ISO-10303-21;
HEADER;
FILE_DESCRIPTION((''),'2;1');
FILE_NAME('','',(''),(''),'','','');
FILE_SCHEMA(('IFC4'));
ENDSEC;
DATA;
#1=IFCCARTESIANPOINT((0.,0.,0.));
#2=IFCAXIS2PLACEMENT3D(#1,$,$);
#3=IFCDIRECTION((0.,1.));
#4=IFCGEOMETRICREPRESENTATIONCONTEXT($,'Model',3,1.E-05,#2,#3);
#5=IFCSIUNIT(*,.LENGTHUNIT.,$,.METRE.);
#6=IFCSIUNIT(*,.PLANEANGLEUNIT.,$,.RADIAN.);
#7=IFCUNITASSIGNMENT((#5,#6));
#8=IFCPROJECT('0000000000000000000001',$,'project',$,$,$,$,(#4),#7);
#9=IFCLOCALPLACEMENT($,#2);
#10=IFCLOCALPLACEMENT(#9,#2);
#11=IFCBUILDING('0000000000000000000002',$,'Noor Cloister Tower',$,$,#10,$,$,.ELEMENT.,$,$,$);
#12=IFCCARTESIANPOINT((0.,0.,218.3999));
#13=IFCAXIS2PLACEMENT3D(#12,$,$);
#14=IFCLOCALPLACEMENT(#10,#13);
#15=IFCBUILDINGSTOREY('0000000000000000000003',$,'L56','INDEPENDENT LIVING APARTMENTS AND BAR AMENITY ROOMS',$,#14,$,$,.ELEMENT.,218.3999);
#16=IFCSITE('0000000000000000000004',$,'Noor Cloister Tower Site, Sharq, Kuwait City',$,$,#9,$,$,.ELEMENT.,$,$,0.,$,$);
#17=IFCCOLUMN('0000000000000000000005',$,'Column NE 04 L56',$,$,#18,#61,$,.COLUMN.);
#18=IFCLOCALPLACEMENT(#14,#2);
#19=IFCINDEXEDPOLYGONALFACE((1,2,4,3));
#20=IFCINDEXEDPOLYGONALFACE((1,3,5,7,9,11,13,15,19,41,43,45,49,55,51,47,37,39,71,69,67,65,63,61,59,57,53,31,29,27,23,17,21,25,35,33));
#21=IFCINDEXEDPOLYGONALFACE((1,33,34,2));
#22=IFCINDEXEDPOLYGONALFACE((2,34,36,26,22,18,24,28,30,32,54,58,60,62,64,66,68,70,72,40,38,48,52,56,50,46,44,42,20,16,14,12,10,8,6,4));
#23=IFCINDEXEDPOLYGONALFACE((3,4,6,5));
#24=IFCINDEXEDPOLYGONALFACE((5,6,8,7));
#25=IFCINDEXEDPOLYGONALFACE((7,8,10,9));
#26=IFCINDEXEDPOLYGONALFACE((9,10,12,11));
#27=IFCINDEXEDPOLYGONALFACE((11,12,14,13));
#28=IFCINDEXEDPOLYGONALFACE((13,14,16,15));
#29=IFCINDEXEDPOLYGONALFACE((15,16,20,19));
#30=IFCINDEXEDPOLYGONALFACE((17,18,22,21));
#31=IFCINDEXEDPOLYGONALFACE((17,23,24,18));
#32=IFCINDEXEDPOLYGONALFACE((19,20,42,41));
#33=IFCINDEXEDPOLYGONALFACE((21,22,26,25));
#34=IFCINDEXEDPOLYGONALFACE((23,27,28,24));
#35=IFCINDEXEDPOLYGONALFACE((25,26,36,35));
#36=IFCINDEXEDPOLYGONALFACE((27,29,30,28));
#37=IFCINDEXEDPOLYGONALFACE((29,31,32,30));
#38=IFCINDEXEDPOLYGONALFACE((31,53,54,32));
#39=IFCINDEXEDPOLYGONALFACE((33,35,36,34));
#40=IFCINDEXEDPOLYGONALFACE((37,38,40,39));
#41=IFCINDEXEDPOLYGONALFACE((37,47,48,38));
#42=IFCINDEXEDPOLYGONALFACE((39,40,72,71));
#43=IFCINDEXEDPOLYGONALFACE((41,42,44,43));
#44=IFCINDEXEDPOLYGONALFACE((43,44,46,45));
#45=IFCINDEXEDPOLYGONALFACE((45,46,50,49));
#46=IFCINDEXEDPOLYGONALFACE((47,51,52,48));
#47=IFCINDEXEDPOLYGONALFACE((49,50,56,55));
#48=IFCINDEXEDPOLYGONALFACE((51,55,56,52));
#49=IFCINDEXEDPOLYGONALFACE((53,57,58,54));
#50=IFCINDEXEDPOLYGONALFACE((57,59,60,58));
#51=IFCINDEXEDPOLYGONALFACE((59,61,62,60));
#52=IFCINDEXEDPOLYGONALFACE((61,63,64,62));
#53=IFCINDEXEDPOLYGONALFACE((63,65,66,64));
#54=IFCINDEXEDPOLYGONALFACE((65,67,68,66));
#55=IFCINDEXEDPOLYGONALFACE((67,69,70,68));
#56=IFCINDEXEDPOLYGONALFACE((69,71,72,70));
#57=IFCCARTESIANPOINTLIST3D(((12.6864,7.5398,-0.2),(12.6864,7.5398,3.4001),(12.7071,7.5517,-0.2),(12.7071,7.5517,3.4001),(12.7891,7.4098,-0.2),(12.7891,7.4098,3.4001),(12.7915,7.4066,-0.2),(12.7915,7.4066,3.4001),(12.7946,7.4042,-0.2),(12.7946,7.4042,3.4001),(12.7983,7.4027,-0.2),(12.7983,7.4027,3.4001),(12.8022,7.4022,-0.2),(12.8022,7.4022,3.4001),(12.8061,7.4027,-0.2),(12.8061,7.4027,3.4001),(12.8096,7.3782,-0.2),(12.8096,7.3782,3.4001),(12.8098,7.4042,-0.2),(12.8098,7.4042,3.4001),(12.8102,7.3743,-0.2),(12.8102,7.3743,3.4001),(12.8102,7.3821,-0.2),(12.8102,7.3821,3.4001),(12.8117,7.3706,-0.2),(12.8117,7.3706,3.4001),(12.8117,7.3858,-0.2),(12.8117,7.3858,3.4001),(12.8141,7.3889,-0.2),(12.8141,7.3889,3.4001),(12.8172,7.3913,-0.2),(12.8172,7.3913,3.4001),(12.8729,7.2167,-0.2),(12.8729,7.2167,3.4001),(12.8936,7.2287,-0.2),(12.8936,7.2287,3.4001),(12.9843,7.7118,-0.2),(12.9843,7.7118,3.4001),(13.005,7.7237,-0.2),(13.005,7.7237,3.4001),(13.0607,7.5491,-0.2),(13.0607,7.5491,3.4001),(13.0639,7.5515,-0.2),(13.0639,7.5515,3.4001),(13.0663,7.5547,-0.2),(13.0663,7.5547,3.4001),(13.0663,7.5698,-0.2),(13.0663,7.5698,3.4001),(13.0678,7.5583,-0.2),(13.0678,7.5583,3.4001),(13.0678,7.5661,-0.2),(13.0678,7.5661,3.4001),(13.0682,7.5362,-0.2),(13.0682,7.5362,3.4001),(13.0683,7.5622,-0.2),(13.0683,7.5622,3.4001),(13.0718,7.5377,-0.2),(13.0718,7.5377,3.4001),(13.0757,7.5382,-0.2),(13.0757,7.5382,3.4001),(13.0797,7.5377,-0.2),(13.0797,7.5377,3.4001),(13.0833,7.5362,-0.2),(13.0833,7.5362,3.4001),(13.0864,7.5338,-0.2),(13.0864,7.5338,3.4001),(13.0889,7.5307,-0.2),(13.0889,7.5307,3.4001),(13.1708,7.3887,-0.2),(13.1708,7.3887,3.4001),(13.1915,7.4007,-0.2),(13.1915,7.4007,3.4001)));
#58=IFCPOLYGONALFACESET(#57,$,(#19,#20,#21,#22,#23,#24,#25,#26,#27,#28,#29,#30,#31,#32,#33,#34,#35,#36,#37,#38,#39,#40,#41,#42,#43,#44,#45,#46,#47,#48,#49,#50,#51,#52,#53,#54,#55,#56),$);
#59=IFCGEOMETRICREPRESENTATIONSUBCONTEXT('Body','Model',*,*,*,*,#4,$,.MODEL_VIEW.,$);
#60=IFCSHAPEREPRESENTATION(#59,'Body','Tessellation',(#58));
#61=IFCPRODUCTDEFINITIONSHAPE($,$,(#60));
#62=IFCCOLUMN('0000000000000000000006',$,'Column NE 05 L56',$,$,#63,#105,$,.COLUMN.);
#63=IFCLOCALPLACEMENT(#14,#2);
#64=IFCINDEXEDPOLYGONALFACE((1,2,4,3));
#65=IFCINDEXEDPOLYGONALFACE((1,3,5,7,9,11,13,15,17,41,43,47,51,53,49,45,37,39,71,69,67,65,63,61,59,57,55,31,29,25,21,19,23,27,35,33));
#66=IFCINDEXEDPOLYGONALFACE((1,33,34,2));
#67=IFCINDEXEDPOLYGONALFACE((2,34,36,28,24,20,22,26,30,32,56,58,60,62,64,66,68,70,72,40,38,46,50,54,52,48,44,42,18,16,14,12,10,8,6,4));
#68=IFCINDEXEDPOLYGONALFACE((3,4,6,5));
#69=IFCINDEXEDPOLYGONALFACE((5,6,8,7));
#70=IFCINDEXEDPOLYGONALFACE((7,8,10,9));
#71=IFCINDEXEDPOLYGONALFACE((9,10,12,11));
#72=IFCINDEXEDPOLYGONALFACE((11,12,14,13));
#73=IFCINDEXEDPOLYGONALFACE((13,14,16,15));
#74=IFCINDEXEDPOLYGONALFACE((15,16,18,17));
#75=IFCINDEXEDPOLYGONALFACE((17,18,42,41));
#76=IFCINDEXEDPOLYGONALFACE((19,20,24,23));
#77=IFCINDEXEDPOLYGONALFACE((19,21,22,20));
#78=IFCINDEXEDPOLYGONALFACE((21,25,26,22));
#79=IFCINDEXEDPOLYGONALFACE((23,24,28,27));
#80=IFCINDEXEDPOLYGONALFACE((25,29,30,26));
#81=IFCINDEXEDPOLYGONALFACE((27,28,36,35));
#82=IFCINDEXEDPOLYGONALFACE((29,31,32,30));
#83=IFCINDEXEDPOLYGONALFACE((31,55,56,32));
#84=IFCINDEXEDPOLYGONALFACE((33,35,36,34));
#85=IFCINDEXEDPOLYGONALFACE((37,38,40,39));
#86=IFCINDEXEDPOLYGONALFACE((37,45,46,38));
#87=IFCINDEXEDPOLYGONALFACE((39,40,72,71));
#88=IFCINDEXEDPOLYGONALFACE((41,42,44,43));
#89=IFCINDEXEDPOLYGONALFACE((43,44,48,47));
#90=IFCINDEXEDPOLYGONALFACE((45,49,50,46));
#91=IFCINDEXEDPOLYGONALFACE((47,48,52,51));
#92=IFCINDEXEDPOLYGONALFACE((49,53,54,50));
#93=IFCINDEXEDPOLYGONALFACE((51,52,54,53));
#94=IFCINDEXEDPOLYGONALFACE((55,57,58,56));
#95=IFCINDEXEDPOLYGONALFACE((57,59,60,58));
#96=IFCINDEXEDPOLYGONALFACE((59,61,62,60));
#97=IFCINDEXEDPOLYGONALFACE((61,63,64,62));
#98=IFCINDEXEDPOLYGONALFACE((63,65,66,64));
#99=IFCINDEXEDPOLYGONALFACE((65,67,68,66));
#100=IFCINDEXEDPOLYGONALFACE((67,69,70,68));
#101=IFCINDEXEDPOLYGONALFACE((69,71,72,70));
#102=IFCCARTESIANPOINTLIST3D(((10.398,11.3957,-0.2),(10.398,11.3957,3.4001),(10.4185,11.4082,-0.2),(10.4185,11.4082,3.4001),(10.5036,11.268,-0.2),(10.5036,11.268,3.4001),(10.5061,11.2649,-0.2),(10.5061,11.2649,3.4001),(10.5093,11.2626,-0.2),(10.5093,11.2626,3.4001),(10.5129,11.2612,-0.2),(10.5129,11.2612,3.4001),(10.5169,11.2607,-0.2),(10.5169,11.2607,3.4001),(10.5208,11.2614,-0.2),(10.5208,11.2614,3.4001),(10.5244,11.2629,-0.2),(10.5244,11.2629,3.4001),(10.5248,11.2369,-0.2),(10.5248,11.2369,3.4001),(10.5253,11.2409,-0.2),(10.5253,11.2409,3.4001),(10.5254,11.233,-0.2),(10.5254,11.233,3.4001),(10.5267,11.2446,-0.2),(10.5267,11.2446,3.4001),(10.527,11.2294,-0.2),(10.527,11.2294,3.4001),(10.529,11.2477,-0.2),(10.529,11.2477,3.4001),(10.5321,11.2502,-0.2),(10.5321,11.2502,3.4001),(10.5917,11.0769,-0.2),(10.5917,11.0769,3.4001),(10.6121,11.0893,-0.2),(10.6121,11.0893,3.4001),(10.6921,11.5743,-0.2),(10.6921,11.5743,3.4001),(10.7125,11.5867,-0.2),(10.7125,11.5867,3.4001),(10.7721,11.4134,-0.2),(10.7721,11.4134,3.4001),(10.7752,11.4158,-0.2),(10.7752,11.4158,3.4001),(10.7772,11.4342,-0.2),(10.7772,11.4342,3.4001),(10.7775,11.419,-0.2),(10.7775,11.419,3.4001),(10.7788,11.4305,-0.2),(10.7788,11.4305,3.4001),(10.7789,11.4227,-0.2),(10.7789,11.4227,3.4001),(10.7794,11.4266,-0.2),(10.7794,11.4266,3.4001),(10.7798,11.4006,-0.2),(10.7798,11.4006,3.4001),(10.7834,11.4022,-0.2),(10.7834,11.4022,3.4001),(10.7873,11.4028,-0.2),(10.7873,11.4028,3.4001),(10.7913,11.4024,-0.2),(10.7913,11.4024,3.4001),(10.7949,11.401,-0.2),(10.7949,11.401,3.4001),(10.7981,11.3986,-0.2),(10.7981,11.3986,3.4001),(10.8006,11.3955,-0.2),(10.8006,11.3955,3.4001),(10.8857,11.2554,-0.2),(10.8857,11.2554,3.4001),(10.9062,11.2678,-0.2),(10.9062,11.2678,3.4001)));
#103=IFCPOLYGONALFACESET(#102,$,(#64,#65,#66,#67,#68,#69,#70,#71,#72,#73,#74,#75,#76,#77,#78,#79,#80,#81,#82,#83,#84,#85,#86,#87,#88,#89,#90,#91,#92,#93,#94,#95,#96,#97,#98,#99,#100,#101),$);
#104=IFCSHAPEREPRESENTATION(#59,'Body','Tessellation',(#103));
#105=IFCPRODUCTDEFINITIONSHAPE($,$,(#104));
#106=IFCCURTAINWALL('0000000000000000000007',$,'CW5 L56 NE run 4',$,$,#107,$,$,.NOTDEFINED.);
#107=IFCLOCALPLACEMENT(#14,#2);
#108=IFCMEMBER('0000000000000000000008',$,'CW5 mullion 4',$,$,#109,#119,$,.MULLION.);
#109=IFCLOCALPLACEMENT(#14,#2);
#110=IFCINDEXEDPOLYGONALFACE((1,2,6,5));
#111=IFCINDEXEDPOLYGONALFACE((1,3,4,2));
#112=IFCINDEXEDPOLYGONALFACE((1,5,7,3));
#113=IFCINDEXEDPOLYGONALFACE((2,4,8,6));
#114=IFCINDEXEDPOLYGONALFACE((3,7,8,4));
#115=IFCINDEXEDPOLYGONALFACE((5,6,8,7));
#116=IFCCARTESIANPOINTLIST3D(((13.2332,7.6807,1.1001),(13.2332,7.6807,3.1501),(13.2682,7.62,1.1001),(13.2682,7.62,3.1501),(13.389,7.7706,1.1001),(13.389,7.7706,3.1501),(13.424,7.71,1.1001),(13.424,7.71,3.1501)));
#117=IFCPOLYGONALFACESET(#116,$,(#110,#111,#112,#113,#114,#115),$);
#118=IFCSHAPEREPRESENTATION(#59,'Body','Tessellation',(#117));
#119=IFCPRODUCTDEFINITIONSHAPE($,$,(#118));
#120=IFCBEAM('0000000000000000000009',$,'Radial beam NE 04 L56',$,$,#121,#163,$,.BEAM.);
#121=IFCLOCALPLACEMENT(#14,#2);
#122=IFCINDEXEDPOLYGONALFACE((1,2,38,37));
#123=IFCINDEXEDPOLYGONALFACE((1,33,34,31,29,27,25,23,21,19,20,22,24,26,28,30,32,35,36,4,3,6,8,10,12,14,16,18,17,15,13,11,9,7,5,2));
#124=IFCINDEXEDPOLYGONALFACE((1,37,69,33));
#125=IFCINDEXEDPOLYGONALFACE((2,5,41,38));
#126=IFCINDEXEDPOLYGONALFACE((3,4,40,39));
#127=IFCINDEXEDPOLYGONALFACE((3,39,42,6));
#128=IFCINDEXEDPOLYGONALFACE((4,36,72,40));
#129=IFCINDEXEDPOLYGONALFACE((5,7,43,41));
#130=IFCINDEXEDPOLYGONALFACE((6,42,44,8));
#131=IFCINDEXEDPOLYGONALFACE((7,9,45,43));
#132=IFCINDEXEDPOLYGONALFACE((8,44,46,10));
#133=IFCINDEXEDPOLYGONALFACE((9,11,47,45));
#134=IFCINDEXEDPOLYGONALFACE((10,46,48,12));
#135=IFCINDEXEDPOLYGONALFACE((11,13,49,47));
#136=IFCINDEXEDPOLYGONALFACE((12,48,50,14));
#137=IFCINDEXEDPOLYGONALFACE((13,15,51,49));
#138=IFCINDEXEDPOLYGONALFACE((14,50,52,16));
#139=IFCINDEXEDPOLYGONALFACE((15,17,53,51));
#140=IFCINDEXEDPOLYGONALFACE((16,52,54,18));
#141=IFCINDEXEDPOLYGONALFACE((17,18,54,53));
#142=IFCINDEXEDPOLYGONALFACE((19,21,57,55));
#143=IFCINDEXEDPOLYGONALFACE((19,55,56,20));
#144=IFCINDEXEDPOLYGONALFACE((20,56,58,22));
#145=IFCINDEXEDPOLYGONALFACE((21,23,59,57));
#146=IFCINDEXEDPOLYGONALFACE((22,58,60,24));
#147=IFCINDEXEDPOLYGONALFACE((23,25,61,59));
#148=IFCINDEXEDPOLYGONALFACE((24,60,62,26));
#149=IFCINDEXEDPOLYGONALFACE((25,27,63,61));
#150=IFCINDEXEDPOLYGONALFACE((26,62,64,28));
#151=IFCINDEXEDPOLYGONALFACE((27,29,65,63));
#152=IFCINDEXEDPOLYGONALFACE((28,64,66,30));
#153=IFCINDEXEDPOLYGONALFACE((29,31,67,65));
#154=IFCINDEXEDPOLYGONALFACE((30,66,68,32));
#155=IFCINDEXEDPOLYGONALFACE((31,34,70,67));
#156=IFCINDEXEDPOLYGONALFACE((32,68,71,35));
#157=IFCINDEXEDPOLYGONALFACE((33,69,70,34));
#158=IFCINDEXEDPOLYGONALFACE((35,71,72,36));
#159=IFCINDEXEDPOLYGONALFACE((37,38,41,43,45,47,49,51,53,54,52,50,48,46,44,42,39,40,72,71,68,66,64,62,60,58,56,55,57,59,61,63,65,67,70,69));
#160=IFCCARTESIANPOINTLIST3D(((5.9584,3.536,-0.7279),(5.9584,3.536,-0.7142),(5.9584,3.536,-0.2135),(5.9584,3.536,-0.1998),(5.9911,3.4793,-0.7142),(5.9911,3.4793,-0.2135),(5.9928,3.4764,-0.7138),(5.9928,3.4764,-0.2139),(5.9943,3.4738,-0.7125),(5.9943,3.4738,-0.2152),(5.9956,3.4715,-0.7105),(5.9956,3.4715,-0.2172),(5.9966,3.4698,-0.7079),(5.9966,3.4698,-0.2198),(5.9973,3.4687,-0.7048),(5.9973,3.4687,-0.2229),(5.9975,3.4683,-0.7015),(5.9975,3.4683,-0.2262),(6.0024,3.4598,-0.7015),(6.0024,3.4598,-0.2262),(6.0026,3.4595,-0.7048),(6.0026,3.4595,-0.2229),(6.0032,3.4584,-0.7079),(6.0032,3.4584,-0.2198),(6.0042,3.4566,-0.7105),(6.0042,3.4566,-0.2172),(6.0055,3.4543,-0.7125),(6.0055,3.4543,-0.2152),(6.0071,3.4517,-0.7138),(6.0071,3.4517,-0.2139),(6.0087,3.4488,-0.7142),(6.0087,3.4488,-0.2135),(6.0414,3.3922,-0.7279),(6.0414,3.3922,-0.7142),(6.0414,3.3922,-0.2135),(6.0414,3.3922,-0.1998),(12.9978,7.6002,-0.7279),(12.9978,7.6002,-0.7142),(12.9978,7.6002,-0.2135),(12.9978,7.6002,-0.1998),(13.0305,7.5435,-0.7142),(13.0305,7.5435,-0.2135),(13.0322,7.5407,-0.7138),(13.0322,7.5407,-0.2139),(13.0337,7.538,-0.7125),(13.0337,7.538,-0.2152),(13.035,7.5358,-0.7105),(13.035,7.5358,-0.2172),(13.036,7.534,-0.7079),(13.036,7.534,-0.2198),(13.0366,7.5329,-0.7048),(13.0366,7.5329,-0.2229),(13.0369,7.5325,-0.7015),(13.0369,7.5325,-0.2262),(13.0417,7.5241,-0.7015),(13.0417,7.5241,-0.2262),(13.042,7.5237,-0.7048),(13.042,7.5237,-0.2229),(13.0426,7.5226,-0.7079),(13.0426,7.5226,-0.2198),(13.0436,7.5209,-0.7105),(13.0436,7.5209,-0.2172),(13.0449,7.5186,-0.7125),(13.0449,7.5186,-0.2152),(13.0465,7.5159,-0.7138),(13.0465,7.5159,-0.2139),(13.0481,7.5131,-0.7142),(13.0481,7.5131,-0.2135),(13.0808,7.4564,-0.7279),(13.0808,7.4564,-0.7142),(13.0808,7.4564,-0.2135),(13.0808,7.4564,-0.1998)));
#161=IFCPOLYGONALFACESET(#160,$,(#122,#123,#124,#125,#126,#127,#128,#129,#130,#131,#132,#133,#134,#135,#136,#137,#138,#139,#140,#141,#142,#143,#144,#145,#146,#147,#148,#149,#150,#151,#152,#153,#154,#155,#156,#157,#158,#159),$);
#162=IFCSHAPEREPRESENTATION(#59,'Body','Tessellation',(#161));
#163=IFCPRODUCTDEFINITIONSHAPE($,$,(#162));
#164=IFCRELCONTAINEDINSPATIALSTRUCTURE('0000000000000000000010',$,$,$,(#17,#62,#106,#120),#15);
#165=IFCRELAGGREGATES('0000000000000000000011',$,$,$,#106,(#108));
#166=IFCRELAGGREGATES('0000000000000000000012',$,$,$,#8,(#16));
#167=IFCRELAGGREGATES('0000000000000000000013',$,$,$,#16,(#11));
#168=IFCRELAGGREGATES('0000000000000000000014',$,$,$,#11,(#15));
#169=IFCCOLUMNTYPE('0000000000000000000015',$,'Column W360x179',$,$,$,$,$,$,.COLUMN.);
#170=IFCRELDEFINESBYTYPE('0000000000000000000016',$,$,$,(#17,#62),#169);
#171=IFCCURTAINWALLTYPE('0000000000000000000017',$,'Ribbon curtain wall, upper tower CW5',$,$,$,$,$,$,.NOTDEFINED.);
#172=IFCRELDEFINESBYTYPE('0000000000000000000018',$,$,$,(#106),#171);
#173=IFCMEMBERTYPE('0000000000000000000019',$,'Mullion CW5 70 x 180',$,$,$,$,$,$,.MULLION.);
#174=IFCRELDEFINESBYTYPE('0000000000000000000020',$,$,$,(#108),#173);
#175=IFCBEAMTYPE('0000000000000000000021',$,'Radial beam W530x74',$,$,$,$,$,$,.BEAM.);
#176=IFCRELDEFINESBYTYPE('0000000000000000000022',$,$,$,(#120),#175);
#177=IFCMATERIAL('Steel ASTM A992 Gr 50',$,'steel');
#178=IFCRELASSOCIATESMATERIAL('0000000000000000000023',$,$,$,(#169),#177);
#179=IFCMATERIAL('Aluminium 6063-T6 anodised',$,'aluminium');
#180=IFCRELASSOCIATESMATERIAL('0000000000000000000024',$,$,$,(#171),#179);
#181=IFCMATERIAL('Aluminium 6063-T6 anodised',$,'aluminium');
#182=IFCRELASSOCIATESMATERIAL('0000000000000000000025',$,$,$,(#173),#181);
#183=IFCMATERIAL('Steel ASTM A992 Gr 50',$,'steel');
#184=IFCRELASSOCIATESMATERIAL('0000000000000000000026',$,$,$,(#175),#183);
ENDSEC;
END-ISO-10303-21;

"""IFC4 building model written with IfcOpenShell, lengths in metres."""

from ifc_helpers import new_model, si_unit, direction, frame, origin, origin_2d, place, context, subcontext, project, spatial, rectangle, i_section, extrude, material, material_profile, profile_set, type_object, element, aggregate, save


model = new_model("IFC4")

# Units and contexts
model_context = context("Model", 3, precision=1e-05, world=origin(), true_north=direction((0.0, 1.0)))
body_context = subcontext(model_context, "Body", "Model", "MODEL_VIEW")
ifc_project = project(units=[si_unit("LENGTHUNIT", "METRE"), si_unit("PLANEANGLEUNIT", "RADIAN")], contexts=[model_context])

# Site, building, storey
site_placement = place(None, origin())
site = spatial("IfcSite", under=ifc_project, at=site_placement, Name="Noor Cloister Tower Site, Sharq, Kuwait City", CompositionType="ELEMENT", RefElevation=0.0)
building_placement = place(site_placement, origin())
building = spatial("IfcBuilding", under=site, at=building_placement, Name="Noor Cloister Tower", CompositionType="ELEMENT")
storey_placement = place(building_placement, frame((0.0, 0.0, 218.3999)))
storey = spatial("IfcBuildingStorey", under=building, at=storey_placement, Name="L56", Description="INDEPENDENT LIVING APARTMENTS AND BAR AMENITY ROOMS", CompositionType="ELEMENT", Elevation=218.3999)

# Columns
ifc_material_1 = material(Name="Steel ASTM A992 Gr 50", Category="steel")
ifc_material_profile_1 = material_profile(ifc_material_1, i_section(OverallWidth=0.373, OverallDepth=0.3679, WebThickness=0.0149, FlangeThickness=0.0239, FilletRadius=0.0151, at=origin_2d()), Name="W360x179")
ifc_profile_set_1 = profile_set([ifc_material_profile_1], Name="Steel ASTM A992 Gr 50")
column_type = type_object("IfcColumnType", Name="Column W360x179", PredefinedType="COLUMN", material=ifc_profile_set_1)
for number, where, z_axis, x_axis, name in (
    (1, (12.939, 7.4702, -0.2), (0.0, 0.0, 1.0), (-0.5, 0.866025, 0.0), "Column NE 04 L56"),
    (2, (10.6521, 11.3318, -0.2), (0.0, 0.0, 1.0), (-0.519044, 0.854747, 0.0), "Column NE 05 L56"),
):
    element("IfcColumn", number, at=place(storey_placement, frame(where, z_axis=z_axis, x_axis=x_axis)), inside=storey, type_object=column_type, Name=name, PredefinedType="COLUMN", context=body_context, shape_type="SweptSolid", body=[
        extrude(i_section(OverallWidth=0.373, OverallDepth=0.3679, WebThickness=0.0149, FlangeThickness=0.0239, FilletRadius=0.0151, at=origin_2d()), origin(), (0.0, 0.0, 1.0), 3.6001),
    ])

# Curtain wall, member
ifc_material_2 = material(Name="Aluminium 6063-T6 anodised", Category="aluminium")
curtain_wall_type = type_object("IfcCurtainWallType", Name="Ribbon curtain wall, upper tower CW5", PredefinedType="NOTDEFINED", material=ifc_material_2)
curtain_wall_placement = place(storey_placement, origin())
curtain_wall = element("IfcCurtainWall", 3, at=curtain_wall_placement, inside=storey, type_object=curtain_wall_type, Name="CW5 L56 NE run 4", PredefinedType="NOTDEFINED")
ifc_material_3 = material(Name="Aluminium 6063-T6 anodised", Category="aluminium")
ifc_material_profile_2 = material_profile(ifc_material_3, rectangle(XDim=0.1799, YDim=0.0701, at=origin_2d()), Name="180 x 70 mullion")
ifc_profile_set_2 = profile_set([ifc_material_profile_2], Name="Aluminium 6063-T6 anodised")
member_type = type_object("IfcMemberType", Name="Mullion CW5 70 x 180", PredefinedType="MULLION", material=ifc_profile_set_2)
member_placement = place(storey_placement, frame((13.3286, 7.6953, 1.1001), z_axis=(0.0, 0.0, 1.0), x_axis=(-0.866025, -0.5, 0.0)))
member = element("IfcMember", 4, at=member_placement, type_object=member_type, Name="CW5 mullion 4", PredefinedType="MULLION", context=body_context, shape_type="SweptSolid", body=[
    extrude(rectangle(XDim=0.1799, YDim=0.0701, at=origin_2d()), origin(), (0.0, 0.0, 1.0), 2.05),
])

# Beam
ifc_material_4 = material(Name="Steel ASTM A992 Gr 50", Category="steel")
ifc_material_profile_3 = material_profile(ifc_material_4, i_section(OverallWidth=0.166, OverallDepth=0.5281, WebThickness=0.0098, FlangeThickness=0.0137, FilletRadius=0.0127, at=origin_2d()), Name="W530x74")
ifc_profile_set_3 = profile_set([ifc_material_profile_3], Name="Steel ASTM A992 Gr 50")
beam_type_1 = type_object("IfcBeamType", Name="Radial beam W530x74", PredefinedType="BEAM", material=ifc_profile_set_3)
beam_1_placement = place(storey_placement, frame((13.0393, 7.5283, -0.4639), z_axis=(-0.866022, -0.500006, 0.0), x_axis=(0.500006, -0.866022, 0.0)))
element("IfcBeam", 5, at=beam_1_placement, inside=storey, type_object=beam_type_1, Name="Radial beam NE 04 L56", PredefinedType="BEAM", context=body_context, shape_type="SweptSolid", body=[
    extrude(i_section(OverallWidth=0.166, OverallDepth=0.5281, WebThickness=0.0098, FlangeThickness=0.0137, FilletRadius=0.0127, at=origin_2d()), origin(), (0.0, 0.0, 1.0), 8.1284),
])

aggregate(curtain_wall, [member])

save(model, "model.ifc")
